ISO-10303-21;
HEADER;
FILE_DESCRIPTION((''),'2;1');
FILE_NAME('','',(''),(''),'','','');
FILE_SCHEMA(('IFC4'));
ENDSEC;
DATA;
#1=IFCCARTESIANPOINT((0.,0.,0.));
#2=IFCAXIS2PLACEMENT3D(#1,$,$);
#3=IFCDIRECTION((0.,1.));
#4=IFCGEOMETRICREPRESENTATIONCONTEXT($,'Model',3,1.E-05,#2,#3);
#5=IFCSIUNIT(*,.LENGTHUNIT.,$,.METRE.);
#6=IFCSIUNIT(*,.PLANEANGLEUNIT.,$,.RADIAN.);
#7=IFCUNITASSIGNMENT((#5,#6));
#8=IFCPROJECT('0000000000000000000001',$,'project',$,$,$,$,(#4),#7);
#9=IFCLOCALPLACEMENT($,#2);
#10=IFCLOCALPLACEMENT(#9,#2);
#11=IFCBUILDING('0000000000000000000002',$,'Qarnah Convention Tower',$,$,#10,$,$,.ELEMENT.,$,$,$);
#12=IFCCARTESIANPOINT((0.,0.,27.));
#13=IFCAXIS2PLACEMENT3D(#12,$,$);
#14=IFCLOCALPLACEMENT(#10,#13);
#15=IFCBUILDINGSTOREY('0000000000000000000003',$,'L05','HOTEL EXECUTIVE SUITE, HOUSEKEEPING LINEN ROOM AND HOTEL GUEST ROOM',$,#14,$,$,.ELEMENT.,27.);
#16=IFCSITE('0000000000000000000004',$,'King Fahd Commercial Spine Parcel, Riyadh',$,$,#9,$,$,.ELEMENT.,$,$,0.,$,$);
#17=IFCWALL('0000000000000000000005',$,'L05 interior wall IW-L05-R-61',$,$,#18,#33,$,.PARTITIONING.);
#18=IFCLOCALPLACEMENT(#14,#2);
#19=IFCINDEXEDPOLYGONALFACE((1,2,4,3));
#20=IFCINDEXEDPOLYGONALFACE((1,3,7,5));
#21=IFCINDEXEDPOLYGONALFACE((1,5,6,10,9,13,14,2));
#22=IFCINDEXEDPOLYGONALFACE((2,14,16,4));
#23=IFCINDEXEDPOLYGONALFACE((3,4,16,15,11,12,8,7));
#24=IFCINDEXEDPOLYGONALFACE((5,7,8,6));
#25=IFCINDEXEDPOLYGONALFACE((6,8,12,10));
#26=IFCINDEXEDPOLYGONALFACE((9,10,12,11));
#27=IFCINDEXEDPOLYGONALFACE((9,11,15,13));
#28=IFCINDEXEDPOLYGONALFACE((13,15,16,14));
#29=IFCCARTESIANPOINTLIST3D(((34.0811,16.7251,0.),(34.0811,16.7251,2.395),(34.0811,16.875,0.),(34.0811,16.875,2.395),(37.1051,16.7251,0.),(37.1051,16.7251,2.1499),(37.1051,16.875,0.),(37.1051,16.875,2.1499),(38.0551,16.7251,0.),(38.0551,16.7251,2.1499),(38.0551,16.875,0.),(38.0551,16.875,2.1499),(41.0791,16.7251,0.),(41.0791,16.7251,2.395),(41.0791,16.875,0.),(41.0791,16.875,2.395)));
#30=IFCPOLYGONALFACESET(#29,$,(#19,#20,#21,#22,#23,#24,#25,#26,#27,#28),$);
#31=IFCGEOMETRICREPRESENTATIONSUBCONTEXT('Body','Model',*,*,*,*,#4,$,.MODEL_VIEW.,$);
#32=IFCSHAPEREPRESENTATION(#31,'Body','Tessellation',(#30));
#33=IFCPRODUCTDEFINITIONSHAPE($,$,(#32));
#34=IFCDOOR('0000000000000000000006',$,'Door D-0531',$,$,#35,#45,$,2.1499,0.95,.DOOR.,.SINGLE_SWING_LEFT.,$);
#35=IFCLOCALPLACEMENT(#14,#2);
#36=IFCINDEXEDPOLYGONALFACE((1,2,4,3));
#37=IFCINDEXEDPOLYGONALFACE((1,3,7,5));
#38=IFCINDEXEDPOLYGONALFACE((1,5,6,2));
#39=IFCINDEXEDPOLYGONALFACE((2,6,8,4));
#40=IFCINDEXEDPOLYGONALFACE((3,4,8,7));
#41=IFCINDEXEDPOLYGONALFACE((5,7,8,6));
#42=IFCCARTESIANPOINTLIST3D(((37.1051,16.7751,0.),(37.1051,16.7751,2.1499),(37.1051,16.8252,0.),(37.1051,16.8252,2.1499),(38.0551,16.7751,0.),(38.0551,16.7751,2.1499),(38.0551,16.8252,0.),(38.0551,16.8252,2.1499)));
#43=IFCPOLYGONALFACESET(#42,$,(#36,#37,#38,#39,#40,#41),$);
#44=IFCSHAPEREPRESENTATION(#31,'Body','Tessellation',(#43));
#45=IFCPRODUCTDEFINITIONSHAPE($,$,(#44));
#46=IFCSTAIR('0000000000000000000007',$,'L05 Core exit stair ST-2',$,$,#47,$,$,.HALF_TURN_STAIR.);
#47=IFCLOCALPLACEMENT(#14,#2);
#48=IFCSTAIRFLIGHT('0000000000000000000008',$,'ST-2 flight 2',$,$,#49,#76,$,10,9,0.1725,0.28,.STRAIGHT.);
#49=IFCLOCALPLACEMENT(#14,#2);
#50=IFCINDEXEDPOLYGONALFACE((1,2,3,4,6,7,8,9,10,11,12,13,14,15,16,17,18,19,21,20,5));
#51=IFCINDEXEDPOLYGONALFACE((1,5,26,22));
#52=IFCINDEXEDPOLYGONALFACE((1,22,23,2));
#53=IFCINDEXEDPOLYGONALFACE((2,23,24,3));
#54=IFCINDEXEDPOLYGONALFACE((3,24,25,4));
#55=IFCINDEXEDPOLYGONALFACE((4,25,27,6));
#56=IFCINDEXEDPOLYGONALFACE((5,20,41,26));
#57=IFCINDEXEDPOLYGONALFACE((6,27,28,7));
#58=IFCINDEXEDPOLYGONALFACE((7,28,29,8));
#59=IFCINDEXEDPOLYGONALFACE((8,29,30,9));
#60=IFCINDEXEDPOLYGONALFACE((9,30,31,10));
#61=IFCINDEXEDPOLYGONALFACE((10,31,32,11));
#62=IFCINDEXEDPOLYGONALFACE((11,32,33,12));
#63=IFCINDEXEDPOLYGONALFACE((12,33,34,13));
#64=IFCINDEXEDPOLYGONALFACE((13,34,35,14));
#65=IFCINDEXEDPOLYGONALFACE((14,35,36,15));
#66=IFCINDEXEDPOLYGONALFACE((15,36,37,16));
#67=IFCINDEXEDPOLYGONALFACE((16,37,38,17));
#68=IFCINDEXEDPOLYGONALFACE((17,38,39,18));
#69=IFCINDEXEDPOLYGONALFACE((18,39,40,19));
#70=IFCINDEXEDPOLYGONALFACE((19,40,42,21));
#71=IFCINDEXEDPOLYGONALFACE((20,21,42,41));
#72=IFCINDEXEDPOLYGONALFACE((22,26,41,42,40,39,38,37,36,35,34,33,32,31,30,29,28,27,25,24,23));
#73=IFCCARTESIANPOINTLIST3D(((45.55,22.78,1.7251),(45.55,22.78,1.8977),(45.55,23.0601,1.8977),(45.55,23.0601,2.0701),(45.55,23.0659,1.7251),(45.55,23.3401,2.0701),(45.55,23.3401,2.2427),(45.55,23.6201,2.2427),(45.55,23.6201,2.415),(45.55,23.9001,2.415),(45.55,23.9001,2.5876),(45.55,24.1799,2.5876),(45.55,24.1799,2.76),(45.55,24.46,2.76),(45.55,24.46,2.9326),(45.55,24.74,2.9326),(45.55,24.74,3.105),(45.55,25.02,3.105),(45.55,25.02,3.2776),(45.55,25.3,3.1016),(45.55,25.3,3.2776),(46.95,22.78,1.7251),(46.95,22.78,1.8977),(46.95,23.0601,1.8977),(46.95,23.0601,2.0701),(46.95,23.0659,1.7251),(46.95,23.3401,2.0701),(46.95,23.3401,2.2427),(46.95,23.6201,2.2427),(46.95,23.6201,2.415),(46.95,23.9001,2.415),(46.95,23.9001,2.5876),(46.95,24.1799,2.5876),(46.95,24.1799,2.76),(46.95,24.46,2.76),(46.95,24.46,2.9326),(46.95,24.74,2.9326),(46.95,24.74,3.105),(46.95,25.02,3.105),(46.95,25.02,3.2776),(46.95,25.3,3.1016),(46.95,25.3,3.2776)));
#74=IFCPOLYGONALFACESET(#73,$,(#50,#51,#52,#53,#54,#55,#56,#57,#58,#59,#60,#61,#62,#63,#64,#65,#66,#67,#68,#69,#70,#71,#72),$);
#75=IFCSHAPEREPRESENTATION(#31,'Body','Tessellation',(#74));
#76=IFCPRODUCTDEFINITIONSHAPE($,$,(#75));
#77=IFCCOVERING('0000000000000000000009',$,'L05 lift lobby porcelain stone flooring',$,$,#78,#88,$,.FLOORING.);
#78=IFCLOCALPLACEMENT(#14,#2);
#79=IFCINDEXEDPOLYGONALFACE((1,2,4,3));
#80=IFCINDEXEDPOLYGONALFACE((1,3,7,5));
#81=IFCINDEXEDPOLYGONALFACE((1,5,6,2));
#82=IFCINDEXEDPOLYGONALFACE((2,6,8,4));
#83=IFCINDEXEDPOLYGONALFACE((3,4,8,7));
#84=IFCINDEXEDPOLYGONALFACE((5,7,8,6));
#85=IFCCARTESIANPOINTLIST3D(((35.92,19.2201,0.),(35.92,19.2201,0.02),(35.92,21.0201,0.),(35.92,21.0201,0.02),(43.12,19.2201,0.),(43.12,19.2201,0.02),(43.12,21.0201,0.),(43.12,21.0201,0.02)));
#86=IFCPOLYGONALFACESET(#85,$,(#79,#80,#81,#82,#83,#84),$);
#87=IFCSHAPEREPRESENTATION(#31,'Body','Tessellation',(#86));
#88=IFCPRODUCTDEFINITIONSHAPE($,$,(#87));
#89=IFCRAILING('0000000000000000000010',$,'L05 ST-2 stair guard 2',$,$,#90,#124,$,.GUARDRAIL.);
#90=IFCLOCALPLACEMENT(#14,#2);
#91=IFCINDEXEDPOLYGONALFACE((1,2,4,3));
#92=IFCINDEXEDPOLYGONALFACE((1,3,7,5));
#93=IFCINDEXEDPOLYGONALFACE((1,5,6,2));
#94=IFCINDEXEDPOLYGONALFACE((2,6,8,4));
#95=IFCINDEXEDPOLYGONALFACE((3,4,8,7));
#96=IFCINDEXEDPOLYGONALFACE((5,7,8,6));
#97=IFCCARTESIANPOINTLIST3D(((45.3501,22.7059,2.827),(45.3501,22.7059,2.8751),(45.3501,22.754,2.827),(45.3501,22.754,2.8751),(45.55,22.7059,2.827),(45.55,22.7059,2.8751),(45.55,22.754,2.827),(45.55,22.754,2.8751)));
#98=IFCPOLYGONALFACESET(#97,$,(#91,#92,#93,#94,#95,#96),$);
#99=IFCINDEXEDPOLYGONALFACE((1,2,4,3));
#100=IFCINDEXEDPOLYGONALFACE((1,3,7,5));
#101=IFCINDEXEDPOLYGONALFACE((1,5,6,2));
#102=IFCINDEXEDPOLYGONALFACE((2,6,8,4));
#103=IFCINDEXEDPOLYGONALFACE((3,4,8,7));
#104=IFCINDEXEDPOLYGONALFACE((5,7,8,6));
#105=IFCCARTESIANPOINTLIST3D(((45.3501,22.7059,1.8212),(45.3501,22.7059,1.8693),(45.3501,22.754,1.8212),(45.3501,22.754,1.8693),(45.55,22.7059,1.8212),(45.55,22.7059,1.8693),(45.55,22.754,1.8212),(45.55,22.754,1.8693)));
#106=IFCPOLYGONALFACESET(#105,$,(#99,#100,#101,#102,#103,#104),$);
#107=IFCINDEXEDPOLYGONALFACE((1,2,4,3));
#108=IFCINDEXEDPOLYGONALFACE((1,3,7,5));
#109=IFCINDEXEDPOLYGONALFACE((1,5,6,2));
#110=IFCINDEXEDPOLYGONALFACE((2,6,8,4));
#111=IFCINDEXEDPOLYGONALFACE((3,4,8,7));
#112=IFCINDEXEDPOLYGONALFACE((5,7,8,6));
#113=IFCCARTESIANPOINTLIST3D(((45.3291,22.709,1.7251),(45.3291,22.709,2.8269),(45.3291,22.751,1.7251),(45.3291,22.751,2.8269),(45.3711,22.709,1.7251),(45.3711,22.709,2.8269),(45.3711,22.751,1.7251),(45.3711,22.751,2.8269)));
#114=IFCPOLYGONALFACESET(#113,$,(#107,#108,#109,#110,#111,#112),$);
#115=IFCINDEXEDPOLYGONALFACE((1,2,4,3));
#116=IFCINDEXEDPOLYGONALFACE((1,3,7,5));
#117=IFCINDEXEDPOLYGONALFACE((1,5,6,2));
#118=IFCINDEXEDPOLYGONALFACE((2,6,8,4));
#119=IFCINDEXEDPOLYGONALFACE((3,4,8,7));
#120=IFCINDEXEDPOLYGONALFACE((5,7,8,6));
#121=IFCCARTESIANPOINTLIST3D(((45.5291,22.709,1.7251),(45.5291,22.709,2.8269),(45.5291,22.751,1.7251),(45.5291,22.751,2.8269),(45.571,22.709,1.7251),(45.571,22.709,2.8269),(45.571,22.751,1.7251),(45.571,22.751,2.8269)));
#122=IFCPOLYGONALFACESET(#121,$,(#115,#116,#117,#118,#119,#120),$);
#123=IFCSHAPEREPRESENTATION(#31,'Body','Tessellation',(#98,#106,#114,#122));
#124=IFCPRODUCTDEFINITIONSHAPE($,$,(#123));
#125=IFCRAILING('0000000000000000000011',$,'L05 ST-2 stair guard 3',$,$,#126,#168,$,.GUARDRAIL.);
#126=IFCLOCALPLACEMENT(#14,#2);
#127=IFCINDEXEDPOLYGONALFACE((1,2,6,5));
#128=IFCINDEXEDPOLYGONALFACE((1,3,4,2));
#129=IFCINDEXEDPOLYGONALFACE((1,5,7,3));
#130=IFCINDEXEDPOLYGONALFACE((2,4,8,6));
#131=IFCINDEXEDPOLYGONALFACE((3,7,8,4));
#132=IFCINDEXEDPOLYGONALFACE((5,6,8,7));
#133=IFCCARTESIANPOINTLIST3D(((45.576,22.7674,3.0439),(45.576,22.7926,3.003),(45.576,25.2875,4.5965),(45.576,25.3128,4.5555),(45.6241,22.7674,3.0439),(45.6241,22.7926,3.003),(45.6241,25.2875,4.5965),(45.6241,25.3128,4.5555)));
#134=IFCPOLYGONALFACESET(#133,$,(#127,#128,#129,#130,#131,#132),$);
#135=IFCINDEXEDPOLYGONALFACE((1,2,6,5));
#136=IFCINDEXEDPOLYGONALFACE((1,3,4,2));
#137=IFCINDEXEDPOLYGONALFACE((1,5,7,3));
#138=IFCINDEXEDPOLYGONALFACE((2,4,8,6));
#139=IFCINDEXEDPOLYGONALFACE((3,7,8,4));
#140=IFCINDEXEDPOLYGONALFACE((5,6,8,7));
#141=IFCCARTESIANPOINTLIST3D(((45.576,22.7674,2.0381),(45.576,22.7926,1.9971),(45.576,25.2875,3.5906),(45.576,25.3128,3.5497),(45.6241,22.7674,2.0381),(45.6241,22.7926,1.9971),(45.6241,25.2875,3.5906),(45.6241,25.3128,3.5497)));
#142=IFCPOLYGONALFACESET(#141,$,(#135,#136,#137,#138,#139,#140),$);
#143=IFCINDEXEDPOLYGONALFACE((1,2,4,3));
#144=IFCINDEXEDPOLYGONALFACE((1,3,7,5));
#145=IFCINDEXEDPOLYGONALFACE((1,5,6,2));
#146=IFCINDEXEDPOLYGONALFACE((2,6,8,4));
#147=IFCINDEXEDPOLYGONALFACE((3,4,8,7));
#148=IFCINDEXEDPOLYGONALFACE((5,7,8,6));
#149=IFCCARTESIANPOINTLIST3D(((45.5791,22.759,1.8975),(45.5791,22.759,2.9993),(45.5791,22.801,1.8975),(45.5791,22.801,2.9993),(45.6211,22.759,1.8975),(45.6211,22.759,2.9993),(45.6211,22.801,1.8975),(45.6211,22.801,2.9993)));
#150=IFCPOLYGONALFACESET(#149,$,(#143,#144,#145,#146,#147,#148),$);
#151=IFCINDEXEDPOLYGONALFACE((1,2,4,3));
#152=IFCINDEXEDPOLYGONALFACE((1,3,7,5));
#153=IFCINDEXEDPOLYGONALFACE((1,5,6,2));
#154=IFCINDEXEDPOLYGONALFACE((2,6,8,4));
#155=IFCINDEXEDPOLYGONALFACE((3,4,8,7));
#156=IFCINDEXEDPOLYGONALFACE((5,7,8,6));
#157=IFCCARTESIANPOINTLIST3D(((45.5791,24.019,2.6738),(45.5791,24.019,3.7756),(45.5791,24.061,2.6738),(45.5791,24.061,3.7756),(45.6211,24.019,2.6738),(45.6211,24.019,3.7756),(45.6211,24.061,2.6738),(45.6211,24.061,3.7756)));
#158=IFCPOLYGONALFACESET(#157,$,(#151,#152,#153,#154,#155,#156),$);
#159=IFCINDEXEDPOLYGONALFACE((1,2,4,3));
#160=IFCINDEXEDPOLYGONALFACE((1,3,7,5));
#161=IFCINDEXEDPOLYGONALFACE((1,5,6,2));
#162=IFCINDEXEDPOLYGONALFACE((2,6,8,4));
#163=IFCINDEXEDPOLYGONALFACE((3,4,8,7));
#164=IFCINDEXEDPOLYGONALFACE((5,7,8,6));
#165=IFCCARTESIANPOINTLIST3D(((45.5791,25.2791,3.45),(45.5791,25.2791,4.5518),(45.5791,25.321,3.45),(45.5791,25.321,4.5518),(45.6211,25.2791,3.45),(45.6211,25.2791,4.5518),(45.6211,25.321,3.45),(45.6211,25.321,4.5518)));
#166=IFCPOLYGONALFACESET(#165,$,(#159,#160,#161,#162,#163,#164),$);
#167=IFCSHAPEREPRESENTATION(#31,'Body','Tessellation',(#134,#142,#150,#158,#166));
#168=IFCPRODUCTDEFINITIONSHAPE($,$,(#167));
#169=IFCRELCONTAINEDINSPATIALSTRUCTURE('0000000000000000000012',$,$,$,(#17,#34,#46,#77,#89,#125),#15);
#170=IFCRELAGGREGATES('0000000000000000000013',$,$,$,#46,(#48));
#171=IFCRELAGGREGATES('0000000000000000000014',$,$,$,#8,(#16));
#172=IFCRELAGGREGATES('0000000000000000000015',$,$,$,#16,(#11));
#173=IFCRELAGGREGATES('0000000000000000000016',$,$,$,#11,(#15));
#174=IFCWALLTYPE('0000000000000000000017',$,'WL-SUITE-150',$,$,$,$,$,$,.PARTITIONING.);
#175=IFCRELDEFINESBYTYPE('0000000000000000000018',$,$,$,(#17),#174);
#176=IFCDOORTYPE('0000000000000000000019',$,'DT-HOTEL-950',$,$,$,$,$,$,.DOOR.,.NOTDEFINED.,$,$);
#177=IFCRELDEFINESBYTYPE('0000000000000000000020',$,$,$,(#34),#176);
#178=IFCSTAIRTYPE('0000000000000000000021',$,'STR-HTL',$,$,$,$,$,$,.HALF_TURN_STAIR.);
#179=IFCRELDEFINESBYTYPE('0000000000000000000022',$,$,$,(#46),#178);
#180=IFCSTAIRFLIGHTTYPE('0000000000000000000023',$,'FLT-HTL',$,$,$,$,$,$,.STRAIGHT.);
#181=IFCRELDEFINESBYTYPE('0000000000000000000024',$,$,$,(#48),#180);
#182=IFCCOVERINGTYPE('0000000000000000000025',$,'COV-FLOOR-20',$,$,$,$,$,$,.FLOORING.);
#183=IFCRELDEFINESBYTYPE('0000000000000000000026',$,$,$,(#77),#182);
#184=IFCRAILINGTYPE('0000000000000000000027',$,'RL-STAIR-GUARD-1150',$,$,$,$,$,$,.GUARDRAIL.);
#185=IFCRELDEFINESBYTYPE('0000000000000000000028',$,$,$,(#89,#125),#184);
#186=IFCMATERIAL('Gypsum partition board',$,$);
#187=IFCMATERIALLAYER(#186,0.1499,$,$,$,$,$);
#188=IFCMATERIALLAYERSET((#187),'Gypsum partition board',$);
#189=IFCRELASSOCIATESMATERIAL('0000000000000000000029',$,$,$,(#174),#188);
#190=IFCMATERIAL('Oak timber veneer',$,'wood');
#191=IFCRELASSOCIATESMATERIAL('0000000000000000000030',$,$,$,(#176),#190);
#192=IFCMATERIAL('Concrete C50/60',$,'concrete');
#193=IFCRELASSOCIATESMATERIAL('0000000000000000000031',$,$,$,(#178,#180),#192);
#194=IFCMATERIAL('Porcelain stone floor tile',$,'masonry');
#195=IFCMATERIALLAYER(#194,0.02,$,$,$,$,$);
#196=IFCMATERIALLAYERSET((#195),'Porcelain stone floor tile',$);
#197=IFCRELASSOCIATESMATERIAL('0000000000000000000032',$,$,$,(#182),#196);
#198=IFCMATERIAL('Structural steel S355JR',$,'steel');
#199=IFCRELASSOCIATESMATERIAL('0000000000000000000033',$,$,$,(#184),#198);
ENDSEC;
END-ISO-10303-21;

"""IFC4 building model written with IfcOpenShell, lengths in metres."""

from ifc_helpers import new_model, si_unit, direction, frame, frame_2d, origin, origin_2d, place, context, subcontext, project, spatial, polyline, rectangle, outline, extrude, material, layer, layer_set, type_object, element, fill, aggregate, save


model = new_model("IFC4")

# Units and contexts
model_context = context("Model", 3, precision=1e-05, world=origin(), true_north=direction((0.0, 1.0)))
body_context = subcontext(model_context, "Body", "Model", "MODEL_VIEW")
ifc_project = project(units=[si_unit("LENGTHUNIT", "METRE"), si_unit("PLANEANGLEUNIT", "RADIAN")], contexts=[model_context])

# Site, building, storey
site_placement = place(None, origin())
site = spatial("IfcSite", under=ifc_project, at=site_placement, Name="King Fahd Commercial Spine Parcel, Riyadh", CompositionType="ELEMENT", RefElevation=0.0)
building_placement = place(site_placement, origin())
building = spatial("IfcBuilding", under=site, at=building_placement, Name="Qarnah Convention Tower", CompositionType="ELEMENT")
storey_placement = place(building_placement, frame((0.0, 0.0, 27.0)))
storey = spatial("IfcBuildingStorey", under=building, at=storey_placement, Name="L05", Description="HOTEL EXECUTIVE SUITE, HOUSEKEEPING LINEN ROOM AND HOTEL GUEST ROOM", CompositionType="ELEMENT", Elevation=27.0)

# Shared definitions
ifc_material_1 = material(Name="Structural steel S355JR", Category="steel")

# Shared definitions
ifc_material_2 = material(Name="Gypsum partition board")
ifc_layer_1 = layer(ifc_material_2, 0.1499)
ifc_layer_set_1 = layer_set([ifc_layer_1], Name="Gypsum partition board")
wall_type_1 = type_object("IfcWallType", Name="WL-SUITE-150", PredefinedType="PARTITIONING", material=ifc_layer_set_1)

# Wall, opening, door
wall_1_placement = place(storey_placement, frame((41.0791, 16.8, 0.0), z_axis=(0.0, 0.0, 1.0), x_axis=(-1.0, 0.0, 0.0)))
wall_1 = element("IfcWall", 1, at=wall_1_placement, inside=storey, type_object=wall_type_1, Name="L05 interior wall IW-L05-R-61", PredefinedType="PARTITIONING", context=body_context, shape_type="SweptSolid", body=[
    extrude(rectangle(XDim=6.998, YDim=0.1499, at=frame_2d((3.499, 0.0))), origin(), (0.0, 0.0, 1.0), 2.395),
])
opening_1_placement = place(wall_1_placement, frame((3.0239, 0.0, 0.0)))
opening_1 = element("IfcOpeningElement", 2, at=opening_1_placement, cuts=wall_1, PredefinedType="OPENING", context=body_context, shape_type="SweptSolid", body=[
    extrude(rectangle(XDim=0.95, YDim=2.1499, at=frame_2d((0.4751, 1.075))), frame((0.0, 0.085, 0.0), z_axis=(0.0, -1.0, 0.0), x_axis=(1.0, 0.0, 0.0)), (0.0, 0.0, 1.0), 0.1699),
])
ifc_material_3 = material(Name="Oak timber veneer", Category="wood")
door_type_1 = type_object("IfcDoorType", Name="DT-HOTEL-950", OperationType="NOTDEFINED", PredefinedType="DOOR", material=ifc_material_3)
door_1_placement = place(opening_1_placement, origin())
door_1 = element("IfcDoor", 3, at=door_1_placement, inside=storey, type_object=door_type_1, Name="Door D-0531", OperationType="SINGLE_SWING_LEFT", OverallHeight=2.1499, OverallWidth=0.95, PredefinedType="DOOR", context=body_context, shape_type="SweptSolid", body=[
    extrude(rectangle(XDim=0.95, YDim=2.1499, at=frame_2d((0.4751, 1.075))), frame((0.0, 0.0249, 0.0), z_axis=(0.0, -1.0, 0.0), x_axis=(1.0, 0.0, 0.0)), (0.0, 0.0, 1.0), 0.05),
])
fill(opening_1, door_1)

# Stair, stair flight
ifc_material_4 = material(Name="Concrete C50/60", Category="concrete")
stair_type = type_object("IfcStairType", Name="STR-HTL", PredefinedType="HALF_TURN_STAIR", material=ifc_material_4)
stair_placement = place(storey_placement, origin())
stair = element("IfcStair", 4, at=stair_placement, inside=storey, type_object=stair_type, Name="L05 Core exit stair ST-2", PredefinedType="HALF_TURN_STAIR")
stair_flight_type = type_object("IfcStairFlightType", Name="FLT-HTL", PredefinedType="STRAIGHT", material=ifc_material_4)
stair_flight_placement = place(storey_placement, frame((46.25, 22.78, 1.7251), z_axis=(0.0, 0.0, 1.0), x_axis=(0.0, 1.0, 0.0)))
stair_flight = element("IfcStairFlight", 5, at=stair_flight_placement, type_object=stair_flight_type, Name="ST-2 flight 2", NumberOfRisers=10, NumberOfTreads=9, PredefinedType="STRAIGHT", RiserHeight=0.1725, TreadLength=0.28, context=body_context, shape_type="SweptSolid", body=[
    extrude(outline(polyline([(0.0, 0.0), (0.0, 0.1726), (0.28, 0.1726), (0.28, 0.345), (0.5601, 0.345), (0.5601, 0.5176), (0.8401, 0.5176), (0.8401, 0.6899), (1.1201, 0.6899), (1.1201, 0.8625), (1.3999, 0.8625), (1.3999, 1.0349), (1.6799, 1.0349), (1.6799, 1.2075), (1.96, 1.2075), (1.96, 1.3799), (2.24, 1.3799), (2.24, 1.5525), (2.52, 1.5525), (2.52, 1.7251), (2.52, 1.3765), (0.2859, 0.0), (0.0, 0.0)])), frame((0.0, 0.7, 0.0), z_axis=(0.0, -1.0, 0.0), x_axis=(1.0, 0.0, 0.0)), (0.0, 0.0, 1.0), 1.3999),
])
aggregate(stair, [stair_flight])

# Covering
ifc_material_5 = material(Name="Porcelain stone floor tile", Category="masonry")
ifc_layer_2 = layer(ifc_material_5, 0.02)
ifc_layer_set_2 = layer_set([ifc_layer_2], Name="Porcelain stone floor tile")
covering_type = type_object("IfcCoveringType", Name="COV-FLOOR-20", PredefinedType="FLOORING", material=ifc_layer_set_2)
covering_placement = place(storey_placement, frame((39.52, 20.1201, 0.0), z_axis=(0.0, 0.0, 1.0), x_axis=(1.0, 0.0, 0.0)))
element("IfcCovering", 6, at=covering_placement, inside=storey, type_object=covering_type, Name="L05 lift lobby porcelain stone flooring", PredefinedType="FLOORING", context=body_context, shape_type="SweptSolid", body=[
    extrude(rectangle(XDim=7.2, YDim=1.8, at=origin_2d()), origin(), (0.0, 0.0, 1.0), 0.02),
])

# Railings
railing_type_1 = type_object("IfcRailingType", Name="RL-STAIR-GUARD-1150", PredefinedType="GUARDRAIL", material=ifc_material_1)
railing_1_placement = place(storey_placement, frame((45.3501, 22.73, 1.7251)))
element("IfcRailing", 7, at=railing_1_placement, inside=storey, type_object=railing_type_1, Name="L05 ST-2 stair guard 2", PredefinedType="GUARDRAIL", context=body_context, shape_type="SweptSolid", body=[
    extrude(rectangle(XDim=0.0481, YDim=0.0481, at=origin_2d()), frame((0.0, 0.0, 1.126), z_axis=(1.0, 0.0, 0.0), x_axis=(0.0, 1.0, 0.0)), (0.0, 0.0, 1.0), 0.2),
    extrude(rectangle(XDim=0.0481, YDim=0.0481, at=origin_2d()), frame((0.0, 0.0, 0.1201), z_axis=(1.0, 0.0, 0.0), x_axis=(0.0, 1.0, 0.0)), (0.0, 0.0, 1.0), 0.2),
    extrude(rectangle(XDim=0.042, YDim=0.042, at=origin_2d()), origin(), (0.0, 0.0, 1.0), 1.1018),
    extrude(rectangle(XDim=0.042, YDim=0.042, at=origin_2d()), frame((0.2, 0.0, 0.0)), (0.0, 0.0, 1.0), 1.1018),
])
railing_2_placement = place(storey_placement, frame((45.6001, 22.78, 1.8975)))
element("IfcRailing", 8, at=railing_2_placement, inside=storey, type_object=railing_type_1, Name="L05 ST-2 stair guard 3", PredefinedType="GUARDRAIL", context=body_context, shape_type="SweptSolid", body=[
    extrude(rectangle(XDim=0.0481, YDim=0.0481, at=origin_2d()), frame((0.0, 0.0, 1.126), z_axis=(0.0, 0.8514, 0.524516), x_axis=(-1.0, 0.0, 0.0)), (0.0, 0.0, 1.0), 2.96),
    extrude(rectangle(XDim=0.0481, YDim=0.0481, at=origin_2d()), frame((0.0, 0.0, 0.1201), z_axis=(0.0, 0.8514, 0.524516), x_axis=(-1.0, 0.0, 0.0)), (0.0, 0.0, 1.0), 2.96),
    extrude(rectangle(XDim=0.042, YDim=0.042, at=origin_2d()), origin(), (0.0, 0.0, 1.0), 1.1018),
    extrude(rectangle(XDim=0.042, YDim=0.042, at=origin_2d()), frame((0.0, 1.26, 0.7764)), (0.0, 0.0, 1.0), 1.1018),
    extrude(rectangle(XDim=0.042, YDim=0.042, at=origin_2d()), frame((0.0, 2.52, 1.5525)), (0.0, 0.0, 1.0), 1.1018),
])

save(model, "model.ifc")
